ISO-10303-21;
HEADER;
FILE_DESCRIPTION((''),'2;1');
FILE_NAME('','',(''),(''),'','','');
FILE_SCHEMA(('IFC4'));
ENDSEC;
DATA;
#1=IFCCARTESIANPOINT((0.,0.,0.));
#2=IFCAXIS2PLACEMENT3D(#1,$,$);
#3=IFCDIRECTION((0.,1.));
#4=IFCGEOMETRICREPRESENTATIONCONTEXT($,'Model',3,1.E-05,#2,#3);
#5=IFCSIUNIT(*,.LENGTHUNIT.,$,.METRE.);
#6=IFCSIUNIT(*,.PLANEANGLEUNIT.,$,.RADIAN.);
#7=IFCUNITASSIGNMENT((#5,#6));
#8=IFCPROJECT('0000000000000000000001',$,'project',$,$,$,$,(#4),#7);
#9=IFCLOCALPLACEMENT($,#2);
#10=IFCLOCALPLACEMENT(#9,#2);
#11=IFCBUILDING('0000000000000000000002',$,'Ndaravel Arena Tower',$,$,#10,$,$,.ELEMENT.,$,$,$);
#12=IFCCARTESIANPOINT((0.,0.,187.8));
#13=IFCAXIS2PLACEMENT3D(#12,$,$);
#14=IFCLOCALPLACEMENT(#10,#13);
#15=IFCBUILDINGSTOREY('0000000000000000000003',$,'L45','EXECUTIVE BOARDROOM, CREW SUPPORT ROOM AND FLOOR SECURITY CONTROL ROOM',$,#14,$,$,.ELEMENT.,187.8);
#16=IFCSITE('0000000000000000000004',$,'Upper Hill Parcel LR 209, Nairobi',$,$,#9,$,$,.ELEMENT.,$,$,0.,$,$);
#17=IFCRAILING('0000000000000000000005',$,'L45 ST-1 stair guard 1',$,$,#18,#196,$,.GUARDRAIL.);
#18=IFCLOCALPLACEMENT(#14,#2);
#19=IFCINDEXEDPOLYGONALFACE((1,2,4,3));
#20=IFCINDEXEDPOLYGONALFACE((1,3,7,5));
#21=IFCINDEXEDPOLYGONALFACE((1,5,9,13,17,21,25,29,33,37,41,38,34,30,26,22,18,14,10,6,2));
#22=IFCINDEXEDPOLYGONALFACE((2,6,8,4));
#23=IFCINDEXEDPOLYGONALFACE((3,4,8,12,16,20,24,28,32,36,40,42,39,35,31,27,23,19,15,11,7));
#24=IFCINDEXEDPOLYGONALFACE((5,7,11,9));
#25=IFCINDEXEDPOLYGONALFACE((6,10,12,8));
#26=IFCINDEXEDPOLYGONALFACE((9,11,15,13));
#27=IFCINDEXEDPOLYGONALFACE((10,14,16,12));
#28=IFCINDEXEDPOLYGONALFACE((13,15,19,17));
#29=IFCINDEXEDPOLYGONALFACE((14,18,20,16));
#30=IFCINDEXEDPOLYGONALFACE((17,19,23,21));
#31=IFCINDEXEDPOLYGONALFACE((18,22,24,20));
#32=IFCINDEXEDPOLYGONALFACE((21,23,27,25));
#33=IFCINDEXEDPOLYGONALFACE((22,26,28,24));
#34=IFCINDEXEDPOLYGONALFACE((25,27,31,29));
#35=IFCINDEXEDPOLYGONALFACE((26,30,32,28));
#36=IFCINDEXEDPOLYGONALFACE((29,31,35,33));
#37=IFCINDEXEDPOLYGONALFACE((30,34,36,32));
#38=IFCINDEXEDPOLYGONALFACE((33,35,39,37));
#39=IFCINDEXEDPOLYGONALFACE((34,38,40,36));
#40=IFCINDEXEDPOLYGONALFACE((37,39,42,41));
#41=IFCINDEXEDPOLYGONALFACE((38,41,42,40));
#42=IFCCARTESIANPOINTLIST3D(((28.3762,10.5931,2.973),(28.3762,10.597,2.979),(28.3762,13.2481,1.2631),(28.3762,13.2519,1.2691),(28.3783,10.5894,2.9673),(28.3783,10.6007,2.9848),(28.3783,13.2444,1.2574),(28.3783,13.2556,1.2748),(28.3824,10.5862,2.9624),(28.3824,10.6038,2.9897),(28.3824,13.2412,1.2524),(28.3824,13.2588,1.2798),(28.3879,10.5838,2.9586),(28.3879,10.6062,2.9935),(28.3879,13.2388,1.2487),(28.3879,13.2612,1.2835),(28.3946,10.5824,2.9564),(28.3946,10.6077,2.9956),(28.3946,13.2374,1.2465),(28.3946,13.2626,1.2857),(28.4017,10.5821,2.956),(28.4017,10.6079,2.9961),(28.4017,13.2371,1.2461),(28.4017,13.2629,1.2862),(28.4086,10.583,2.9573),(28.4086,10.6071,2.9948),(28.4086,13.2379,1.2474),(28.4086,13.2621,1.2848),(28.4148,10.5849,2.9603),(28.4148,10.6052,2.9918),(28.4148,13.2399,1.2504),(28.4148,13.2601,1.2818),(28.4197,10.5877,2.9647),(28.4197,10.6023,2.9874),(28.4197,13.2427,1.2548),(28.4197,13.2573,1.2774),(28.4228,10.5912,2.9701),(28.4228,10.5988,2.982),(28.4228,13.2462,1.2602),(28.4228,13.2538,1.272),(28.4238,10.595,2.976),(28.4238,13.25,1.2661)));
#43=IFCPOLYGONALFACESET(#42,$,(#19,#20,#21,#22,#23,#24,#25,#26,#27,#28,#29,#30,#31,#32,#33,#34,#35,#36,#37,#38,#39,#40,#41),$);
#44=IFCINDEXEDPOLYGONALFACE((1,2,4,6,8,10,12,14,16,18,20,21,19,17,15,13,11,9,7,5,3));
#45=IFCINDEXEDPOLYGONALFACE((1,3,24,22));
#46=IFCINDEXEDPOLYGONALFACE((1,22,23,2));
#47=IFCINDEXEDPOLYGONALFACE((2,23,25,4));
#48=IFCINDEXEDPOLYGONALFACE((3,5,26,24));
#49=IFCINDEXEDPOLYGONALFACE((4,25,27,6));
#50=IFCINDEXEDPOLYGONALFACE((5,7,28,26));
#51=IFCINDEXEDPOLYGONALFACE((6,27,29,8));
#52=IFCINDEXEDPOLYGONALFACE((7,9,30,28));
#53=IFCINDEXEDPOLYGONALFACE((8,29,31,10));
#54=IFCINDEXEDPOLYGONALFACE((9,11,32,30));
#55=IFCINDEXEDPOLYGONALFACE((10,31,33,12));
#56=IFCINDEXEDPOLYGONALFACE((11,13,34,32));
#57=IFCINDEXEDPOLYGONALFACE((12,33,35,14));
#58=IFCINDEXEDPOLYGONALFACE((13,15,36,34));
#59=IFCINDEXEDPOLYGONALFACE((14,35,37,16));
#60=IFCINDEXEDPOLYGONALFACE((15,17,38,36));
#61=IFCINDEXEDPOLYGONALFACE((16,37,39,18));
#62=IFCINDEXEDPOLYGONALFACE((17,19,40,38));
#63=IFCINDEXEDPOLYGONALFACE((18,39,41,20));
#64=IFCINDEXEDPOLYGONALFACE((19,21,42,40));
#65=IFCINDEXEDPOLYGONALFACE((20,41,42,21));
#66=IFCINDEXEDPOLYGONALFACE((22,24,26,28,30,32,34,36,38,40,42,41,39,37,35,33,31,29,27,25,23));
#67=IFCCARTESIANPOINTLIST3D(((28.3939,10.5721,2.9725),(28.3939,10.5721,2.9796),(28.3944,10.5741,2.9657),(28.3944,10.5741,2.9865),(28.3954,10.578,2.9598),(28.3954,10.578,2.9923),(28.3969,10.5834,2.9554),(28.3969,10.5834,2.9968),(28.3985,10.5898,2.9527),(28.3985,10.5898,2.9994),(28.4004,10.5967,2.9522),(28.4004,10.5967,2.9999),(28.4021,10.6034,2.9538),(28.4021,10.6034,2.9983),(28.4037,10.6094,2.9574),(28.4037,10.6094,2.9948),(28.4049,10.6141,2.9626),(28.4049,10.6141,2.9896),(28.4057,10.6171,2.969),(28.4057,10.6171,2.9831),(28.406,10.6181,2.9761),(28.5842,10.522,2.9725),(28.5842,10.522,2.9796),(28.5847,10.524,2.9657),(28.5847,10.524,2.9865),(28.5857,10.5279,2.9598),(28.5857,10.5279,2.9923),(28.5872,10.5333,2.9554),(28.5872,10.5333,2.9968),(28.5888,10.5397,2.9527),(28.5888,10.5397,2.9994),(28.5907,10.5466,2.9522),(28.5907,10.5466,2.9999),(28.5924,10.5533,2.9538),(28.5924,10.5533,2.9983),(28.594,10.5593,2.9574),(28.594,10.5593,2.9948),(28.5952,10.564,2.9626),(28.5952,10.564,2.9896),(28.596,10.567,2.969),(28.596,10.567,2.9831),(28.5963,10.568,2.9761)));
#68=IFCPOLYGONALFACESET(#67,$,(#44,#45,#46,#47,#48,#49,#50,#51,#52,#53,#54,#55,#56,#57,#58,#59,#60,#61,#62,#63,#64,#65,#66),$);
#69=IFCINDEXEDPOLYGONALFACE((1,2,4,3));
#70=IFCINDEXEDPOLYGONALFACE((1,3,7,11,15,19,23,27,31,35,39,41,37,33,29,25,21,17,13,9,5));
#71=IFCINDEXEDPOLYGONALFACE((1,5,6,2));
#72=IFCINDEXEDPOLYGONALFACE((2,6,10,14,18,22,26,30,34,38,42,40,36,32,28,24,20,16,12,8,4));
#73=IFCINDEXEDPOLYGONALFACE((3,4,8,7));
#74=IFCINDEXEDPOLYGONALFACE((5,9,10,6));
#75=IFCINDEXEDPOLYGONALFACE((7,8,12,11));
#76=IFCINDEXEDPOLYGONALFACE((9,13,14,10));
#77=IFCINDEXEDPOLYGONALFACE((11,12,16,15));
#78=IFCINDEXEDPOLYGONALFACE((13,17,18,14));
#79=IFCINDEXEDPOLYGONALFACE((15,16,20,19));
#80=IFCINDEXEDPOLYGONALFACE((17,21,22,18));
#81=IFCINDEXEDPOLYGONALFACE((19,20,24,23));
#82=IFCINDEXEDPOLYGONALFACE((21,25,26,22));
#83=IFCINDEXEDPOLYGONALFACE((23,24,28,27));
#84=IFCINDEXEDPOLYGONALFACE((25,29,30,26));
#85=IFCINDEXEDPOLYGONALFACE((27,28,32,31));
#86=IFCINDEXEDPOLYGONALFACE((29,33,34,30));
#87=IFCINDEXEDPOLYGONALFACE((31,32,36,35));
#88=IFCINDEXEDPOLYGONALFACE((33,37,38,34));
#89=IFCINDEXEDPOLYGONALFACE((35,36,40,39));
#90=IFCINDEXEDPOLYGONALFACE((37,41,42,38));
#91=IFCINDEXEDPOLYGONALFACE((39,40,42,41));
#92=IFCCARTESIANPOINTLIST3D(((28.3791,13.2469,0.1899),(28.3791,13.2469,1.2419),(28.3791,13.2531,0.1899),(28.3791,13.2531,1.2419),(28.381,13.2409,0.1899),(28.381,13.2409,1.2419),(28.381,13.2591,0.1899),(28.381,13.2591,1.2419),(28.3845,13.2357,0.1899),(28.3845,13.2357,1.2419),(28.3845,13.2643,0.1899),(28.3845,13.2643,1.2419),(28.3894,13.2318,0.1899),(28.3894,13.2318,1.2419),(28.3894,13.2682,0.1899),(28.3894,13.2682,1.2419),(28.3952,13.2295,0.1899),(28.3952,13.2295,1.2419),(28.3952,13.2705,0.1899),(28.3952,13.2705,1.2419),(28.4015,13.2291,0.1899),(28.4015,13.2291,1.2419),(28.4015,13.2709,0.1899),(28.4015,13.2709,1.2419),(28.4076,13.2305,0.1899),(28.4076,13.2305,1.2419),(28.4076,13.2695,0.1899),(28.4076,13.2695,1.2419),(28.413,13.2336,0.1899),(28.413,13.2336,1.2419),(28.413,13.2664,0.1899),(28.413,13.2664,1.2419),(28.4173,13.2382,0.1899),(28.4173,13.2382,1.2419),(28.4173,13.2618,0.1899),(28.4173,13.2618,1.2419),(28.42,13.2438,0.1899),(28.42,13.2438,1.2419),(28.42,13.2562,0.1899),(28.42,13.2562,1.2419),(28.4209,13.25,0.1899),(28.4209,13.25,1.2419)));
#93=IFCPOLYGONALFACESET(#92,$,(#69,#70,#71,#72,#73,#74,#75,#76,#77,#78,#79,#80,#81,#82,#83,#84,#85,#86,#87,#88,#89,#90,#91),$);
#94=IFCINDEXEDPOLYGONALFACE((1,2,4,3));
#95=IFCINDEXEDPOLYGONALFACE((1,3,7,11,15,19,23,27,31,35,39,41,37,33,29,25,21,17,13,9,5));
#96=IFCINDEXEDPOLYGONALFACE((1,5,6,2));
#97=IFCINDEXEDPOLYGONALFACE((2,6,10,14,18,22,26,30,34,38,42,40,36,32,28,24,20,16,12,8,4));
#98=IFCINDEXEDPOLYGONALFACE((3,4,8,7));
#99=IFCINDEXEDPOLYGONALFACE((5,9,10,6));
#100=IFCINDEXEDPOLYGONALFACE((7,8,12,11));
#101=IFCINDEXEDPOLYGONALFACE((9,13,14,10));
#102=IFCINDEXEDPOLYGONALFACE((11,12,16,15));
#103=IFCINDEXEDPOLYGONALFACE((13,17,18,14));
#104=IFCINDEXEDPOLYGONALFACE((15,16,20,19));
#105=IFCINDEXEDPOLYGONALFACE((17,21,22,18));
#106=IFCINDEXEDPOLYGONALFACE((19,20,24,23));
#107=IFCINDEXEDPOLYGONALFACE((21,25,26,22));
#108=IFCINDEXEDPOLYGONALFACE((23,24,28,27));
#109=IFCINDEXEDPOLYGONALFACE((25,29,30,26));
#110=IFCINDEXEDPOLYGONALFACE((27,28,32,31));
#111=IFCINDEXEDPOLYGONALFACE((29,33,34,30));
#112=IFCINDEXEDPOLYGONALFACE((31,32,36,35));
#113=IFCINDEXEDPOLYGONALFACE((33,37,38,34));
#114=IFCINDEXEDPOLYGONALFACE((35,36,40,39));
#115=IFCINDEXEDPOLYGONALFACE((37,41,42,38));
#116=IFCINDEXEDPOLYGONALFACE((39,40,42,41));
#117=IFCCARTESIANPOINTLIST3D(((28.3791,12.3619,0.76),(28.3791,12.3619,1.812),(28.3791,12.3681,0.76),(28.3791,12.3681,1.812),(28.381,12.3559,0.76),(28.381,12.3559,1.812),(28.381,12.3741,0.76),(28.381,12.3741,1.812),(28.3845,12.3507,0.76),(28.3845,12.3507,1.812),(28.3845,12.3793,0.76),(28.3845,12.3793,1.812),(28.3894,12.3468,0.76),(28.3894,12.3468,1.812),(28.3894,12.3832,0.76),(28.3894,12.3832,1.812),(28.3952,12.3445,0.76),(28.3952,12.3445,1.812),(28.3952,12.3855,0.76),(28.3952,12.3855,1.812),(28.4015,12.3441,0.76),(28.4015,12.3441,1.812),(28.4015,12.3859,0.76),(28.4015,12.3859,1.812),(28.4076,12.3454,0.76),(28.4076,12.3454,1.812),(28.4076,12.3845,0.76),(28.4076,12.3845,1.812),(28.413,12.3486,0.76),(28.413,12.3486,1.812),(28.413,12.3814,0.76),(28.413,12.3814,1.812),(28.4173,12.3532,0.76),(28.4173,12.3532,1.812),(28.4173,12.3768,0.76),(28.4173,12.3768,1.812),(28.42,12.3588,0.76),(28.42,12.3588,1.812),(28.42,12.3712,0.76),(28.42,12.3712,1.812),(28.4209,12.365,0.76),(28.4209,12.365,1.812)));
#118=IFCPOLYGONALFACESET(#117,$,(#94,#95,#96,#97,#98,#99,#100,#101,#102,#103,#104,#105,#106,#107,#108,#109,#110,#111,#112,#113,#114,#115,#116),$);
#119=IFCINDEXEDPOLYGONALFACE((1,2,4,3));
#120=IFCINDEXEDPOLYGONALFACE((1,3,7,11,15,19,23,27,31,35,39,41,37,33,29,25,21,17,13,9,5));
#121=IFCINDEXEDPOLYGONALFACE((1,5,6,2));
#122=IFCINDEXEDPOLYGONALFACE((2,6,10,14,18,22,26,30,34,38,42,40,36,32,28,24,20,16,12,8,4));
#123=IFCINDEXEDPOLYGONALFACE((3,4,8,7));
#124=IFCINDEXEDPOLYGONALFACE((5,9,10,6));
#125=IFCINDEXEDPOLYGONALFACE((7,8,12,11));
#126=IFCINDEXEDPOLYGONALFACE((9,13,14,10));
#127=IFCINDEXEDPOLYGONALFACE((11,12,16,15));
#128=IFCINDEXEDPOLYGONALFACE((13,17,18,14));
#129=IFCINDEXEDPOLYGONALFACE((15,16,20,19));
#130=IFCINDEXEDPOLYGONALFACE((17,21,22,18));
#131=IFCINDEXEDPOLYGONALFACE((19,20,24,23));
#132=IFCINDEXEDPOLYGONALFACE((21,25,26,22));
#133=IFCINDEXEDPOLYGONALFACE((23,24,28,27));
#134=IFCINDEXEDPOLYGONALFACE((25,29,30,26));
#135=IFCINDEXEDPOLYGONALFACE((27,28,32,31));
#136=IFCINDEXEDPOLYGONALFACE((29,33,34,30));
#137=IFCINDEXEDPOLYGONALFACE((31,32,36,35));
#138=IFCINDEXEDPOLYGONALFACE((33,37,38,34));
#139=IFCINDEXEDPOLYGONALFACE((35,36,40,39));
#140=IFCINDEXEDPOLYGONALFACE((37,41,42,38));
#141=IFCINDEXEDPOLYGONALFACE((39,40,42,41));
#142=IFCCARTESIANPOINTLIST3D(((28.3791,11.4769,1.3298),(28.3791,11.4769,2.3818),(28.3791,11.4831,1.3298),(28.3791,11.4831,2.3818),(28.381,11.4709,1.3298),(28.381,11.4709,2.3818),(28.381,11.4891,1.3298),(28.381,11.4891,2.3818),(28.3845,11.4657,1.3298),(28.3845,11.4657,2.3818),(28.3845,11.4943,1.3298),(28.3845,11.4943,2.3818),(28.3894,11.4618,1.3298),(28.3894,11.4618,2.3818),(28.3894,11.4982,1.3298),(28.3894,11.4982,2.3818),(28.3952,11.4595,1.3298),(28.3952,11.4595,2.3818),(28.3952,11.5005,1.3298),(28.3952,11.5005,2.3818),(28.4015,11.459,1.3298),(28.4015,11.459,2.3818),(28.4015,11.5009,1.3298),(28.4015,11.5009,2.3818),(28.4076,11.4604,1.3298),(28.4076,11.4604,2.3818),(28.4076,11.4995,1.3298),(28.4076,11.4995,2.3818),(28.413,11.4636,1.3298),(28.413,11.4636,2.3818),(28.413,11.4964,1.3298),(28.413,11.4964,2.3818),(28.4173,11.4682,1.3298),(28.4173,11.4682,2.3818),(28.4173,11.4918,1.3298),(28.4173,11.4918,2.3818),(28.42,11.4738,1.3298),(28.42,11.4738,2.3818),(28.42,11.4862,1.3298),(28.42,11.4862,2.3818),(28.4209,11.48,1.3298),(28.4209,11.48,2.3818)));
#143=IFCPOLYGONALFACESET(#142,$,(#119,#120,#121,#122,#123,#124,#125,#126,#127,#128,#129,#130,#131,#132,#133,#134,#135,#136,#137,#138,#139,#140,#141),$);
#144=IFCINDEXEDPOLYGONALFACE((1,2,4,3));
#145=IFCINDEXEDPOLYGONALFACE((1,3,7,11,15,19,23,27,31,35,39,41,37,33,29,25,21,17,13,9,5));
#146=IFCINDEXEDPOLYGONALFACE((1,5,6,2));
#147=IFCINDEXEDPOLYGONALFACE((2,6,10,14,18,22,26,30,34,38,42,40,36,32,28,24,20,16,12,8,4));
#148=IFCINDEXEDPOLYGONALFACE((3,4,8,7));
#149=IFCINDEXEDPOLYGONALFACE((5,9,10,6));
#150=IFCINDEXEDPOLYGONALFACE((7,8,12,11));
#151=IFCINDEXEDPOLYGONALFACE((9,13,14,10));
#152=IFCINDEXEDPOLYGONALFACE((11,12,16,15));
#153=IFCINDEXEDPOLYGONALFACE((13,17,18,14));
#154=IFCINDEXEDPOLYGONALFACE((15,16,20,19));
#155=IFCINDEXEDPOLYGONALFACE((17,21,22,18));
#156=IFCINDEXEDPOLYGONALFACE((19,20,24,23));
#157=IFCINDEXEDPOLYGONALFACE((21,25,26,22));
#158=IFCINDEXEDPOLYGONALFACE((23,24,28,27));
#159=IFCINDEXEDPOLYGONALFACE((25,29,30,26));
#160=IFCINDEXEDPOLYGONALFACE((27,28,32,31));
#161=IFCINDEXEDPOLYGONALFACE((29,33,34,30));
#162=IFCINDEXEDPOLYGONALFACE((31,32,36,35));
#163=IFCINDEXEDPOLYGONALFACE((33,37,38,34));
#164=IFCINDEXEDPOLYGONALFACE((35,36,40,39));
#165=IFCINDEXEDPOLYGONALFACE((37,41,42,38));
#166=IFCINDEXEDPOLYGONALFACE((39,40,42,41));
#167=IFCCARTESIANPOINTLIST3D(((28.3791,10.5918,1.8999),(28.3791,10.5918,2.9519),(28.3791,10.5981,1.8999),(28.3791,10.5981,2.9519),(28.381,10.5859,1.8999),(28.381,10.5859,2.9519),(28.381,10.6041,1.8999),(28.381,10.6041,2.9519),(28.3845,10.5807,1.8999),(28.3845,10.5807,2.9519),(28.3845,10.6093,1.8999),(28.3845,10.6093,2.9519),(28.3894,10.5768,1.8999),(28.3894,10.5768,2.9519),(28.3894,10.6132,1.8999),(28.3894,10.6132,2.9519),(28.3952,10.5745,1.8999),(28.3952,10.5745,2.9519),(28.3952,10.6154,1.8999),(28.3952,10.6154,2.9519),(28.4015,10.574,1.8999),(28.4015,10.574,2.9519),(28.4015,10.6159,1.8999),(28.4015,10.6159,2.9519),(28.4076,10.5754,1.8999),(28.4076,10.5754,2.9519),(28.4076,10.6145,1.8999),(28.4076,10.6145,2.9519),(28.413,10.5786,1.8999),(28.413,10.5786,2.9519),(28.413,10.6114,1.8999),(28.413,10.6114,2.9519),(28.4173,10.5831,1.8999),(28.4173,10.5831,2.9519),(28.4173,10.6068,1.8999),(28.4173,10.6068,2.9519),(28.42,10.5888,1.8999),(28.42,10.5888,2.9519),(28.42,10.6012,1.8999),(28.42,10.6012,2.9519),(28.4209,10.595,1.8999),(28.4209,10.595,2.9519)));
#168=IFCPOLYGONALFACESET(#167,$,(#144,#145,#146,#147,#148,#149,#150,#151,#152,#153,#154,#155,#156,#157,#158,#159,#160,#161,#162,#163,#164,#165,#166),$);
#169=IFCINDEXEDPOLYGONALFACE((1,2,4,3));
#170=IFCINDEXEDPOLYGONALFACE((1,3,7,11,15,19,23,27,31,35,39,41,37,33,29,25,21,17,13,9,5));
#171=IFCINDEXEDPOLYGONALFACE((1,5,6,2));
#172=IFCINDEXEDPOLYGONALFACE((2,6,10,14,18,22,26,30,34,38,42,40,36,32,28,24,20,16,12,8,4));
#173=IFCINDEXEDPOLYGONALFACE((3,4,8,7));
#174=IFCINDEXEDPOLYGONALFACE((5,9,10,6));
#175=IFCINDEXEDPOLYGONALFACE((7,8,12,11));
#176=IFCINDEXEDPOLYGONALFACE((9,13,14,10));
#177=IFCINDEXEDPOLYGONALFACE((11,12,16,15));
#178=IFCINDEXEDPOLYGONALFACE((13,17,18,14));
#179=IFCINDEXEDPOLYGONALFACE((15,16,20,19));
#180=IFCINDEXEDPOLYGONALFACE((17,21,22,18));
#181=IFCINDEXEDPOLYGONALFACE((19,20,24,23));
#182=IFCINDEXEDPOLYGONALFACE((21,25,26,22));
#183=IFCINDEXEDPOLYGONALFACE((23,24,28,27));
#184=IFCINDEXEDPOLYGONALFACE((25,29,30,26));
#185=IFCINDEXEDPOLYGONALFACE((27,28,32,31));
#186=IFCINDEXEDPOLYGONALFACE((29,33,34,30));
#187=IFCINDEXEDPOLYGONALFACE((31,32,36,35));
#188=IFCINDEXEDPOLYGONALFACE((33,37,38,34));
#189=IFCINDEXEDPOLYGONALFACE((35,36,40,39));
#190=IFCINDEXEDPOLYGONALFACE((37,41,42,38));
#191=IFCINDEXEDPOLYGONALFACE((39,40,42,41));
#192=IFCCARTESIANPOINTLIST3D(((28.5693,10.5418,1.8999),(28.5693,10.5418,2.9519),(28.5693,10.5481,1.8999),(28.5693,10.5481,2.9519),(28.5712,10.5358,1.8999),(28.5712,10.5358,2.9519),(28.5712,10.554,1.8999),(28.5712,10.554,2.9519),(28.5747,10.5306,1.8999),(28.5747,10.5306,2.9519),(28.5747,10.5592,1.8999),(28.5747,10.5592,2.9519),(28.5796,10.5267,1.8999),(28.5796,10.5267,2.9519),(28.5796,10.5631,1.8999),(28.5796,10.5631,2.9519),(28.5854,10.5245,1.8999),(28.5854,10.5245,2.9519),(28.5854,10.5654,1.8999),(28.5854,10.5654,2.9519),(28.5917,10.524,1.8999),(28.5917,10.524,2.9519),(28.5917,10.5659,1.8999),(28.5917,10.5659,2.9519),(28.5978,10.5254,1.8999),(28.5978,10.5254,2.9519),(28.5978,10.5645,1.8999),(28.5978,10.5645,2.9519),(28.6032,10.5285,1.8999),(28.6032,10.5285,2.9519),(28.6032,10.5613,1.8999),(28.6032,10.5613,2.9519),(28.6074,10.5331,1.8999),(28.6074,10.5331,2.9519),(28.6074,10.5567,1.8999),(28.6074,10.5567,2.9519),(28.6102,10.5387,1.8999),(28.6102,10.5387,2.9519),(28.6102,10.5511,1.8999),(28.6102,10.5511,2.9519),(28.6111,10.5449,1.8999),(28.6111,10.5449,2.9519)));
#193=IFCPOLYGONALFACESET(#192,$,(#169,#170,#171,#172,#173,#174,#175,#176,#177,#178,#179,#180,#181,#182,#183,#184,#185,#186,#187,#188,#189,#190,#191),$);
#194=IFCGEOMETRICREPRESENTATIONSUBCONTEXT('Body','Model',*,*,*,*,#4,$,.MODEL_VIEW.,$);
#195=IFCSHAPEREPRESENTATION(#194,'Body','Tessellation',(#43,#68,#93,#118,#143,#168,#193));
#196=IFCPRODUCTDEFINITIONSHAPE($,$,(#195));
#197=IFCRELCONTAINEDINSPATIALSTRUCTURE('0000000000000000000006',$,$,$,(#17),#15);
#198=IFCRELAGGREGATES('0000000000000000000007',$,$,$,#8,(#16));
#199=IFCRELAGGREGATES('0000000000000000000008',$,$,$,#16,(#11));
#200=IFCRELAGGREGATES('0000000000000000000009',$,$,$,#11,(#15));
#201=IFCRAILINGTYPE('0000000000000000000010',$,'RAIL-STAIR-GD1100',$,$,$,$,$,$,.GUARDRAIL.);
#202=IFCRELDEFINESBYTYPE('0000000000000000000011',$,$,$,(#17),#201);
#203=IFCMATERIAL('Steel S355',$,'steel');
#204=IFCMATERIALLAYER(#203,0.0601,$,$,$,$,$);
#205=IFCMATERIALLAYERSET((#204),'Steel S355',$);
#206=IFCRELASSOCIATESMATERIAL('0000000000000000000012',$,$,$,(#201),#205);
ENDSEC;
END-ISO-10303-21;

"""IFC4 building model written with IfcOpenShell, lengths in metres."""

from ifc_helpers import new_model, si_unit, direction, frame, origin, origin_2d, place, context, subcontext, project, spatial, circle, extrude, material, layer, layer_set, type_object, element, save


model = new_model("IFC4")

# Units and contexts
model_context = context("Model", 3, precision=1e-05, world=origin(), true_north=direction((0.0, 1.0)))
body_context = subcontext(model_context, "Body", "Model", "MODEL_VIEW")
ifc_project = project(units=[si_unit("LENGTHUNIT", "METRE"), si_unit("PLANEANGLEUNIT", "RADIAN")], contexts=[model_context])

# Site, building, storey
site_placement = place(None, origin())
site = spatial("IfcSite", under=ifc_project, at=site_placement, Name="Upper Hill Parcel LR 209, Nairobi", CompositionType="ELEMENT", RefElevation=0.0)
building_placement = place(site_placement, origin())
building = spatial("IfcBuilding", under=site, at=building_placement, Name="Ndaravel Arena Tower", CompositionType="ELEMENT")
storey_placement = place(building_placement, frame((0.0, 0.0, 187.8)))
storey = spatial("IfcBuildingStorey", under=building, at=storey_placement, Name="L45", Description="EXECUTIVE BOARDROOM, CREW SUPPORT ROOM AND FLOOR SECURITY CONTROL ROOM", CompositionType="ELEMENT", Elevation=187.8)

# Railing
ifc_material_1 = material(Name="Steel S355", Category="steel")
ifc_layer_1 = layer(ifc_material_1, 0.0601)
ifc_layer_set_1 = layer_set([ifc_layer_1], Name="Steel S355")
railing_type_1 = type_object("IfcRailingType", Name="RAIL-STAIR-GD1100", PredefinedType="GUARDRAIL", material=ifc_layer_set_1)
railing_1_placement = place(storey_placement, frame((28.3999, 13.25, 0.1899)))
element("IfcRailing", 1, at=railing_1_placement, inside=storey, type_object=railing_type_1, Name="L45 ST-1 stair guard 1", PredefinedType="GUARDRAIL", context=body_context, shape_type="SweptSolid", body=[
    extrude(circle(Radius=0.0239, at=origin_2d()), frame((0.0, 0.0, 1.0762), z_axis=(0.0, -0.840724, 0.541465), x_axis=(1.0, 0.0, 0.0)), (0.0, 0.0, 1.0), 3.158),
    extrude(circle(Radius=0.0239, at=origin_2d()), frame((0.0, -2.655, 2.7861), z_axis=(0.967075, -0.254493, 0.0), x_axis=(0.254493, 0.967075, 0.0)), (0.0, 0.0, 1.0), 0.1968),
    extrude(circle(Radius=0.021, at=origin_2d()), origin(), (0.0, 0.0, 1.0), 1.052),
    extrude(circle(Radius=0.021, at=origin_2d()), frame((0.0, -0.885, 0.5701)), (0.0, 0.0, 1.0), 1.052),
    extrude(circle(Radius=0.021, at=origin_2d()), frame((0.0, -1.77, 1.1399)), (0.0, 0.0, 1.0), 1.052),
    extrude(circle(Radius=0.021, at=origin_2d()), frame((0.0, -2.655, 1.71)), (0.0, 0.0, 1.0), 1.052),
    extrude(circle(Radius=0.021, at=origin_2d()), frame((0.1902, -2.7051, 1.71)), (0.0, 0.0, 1.0), 1.052),
])

save(model, "model.ifc")
